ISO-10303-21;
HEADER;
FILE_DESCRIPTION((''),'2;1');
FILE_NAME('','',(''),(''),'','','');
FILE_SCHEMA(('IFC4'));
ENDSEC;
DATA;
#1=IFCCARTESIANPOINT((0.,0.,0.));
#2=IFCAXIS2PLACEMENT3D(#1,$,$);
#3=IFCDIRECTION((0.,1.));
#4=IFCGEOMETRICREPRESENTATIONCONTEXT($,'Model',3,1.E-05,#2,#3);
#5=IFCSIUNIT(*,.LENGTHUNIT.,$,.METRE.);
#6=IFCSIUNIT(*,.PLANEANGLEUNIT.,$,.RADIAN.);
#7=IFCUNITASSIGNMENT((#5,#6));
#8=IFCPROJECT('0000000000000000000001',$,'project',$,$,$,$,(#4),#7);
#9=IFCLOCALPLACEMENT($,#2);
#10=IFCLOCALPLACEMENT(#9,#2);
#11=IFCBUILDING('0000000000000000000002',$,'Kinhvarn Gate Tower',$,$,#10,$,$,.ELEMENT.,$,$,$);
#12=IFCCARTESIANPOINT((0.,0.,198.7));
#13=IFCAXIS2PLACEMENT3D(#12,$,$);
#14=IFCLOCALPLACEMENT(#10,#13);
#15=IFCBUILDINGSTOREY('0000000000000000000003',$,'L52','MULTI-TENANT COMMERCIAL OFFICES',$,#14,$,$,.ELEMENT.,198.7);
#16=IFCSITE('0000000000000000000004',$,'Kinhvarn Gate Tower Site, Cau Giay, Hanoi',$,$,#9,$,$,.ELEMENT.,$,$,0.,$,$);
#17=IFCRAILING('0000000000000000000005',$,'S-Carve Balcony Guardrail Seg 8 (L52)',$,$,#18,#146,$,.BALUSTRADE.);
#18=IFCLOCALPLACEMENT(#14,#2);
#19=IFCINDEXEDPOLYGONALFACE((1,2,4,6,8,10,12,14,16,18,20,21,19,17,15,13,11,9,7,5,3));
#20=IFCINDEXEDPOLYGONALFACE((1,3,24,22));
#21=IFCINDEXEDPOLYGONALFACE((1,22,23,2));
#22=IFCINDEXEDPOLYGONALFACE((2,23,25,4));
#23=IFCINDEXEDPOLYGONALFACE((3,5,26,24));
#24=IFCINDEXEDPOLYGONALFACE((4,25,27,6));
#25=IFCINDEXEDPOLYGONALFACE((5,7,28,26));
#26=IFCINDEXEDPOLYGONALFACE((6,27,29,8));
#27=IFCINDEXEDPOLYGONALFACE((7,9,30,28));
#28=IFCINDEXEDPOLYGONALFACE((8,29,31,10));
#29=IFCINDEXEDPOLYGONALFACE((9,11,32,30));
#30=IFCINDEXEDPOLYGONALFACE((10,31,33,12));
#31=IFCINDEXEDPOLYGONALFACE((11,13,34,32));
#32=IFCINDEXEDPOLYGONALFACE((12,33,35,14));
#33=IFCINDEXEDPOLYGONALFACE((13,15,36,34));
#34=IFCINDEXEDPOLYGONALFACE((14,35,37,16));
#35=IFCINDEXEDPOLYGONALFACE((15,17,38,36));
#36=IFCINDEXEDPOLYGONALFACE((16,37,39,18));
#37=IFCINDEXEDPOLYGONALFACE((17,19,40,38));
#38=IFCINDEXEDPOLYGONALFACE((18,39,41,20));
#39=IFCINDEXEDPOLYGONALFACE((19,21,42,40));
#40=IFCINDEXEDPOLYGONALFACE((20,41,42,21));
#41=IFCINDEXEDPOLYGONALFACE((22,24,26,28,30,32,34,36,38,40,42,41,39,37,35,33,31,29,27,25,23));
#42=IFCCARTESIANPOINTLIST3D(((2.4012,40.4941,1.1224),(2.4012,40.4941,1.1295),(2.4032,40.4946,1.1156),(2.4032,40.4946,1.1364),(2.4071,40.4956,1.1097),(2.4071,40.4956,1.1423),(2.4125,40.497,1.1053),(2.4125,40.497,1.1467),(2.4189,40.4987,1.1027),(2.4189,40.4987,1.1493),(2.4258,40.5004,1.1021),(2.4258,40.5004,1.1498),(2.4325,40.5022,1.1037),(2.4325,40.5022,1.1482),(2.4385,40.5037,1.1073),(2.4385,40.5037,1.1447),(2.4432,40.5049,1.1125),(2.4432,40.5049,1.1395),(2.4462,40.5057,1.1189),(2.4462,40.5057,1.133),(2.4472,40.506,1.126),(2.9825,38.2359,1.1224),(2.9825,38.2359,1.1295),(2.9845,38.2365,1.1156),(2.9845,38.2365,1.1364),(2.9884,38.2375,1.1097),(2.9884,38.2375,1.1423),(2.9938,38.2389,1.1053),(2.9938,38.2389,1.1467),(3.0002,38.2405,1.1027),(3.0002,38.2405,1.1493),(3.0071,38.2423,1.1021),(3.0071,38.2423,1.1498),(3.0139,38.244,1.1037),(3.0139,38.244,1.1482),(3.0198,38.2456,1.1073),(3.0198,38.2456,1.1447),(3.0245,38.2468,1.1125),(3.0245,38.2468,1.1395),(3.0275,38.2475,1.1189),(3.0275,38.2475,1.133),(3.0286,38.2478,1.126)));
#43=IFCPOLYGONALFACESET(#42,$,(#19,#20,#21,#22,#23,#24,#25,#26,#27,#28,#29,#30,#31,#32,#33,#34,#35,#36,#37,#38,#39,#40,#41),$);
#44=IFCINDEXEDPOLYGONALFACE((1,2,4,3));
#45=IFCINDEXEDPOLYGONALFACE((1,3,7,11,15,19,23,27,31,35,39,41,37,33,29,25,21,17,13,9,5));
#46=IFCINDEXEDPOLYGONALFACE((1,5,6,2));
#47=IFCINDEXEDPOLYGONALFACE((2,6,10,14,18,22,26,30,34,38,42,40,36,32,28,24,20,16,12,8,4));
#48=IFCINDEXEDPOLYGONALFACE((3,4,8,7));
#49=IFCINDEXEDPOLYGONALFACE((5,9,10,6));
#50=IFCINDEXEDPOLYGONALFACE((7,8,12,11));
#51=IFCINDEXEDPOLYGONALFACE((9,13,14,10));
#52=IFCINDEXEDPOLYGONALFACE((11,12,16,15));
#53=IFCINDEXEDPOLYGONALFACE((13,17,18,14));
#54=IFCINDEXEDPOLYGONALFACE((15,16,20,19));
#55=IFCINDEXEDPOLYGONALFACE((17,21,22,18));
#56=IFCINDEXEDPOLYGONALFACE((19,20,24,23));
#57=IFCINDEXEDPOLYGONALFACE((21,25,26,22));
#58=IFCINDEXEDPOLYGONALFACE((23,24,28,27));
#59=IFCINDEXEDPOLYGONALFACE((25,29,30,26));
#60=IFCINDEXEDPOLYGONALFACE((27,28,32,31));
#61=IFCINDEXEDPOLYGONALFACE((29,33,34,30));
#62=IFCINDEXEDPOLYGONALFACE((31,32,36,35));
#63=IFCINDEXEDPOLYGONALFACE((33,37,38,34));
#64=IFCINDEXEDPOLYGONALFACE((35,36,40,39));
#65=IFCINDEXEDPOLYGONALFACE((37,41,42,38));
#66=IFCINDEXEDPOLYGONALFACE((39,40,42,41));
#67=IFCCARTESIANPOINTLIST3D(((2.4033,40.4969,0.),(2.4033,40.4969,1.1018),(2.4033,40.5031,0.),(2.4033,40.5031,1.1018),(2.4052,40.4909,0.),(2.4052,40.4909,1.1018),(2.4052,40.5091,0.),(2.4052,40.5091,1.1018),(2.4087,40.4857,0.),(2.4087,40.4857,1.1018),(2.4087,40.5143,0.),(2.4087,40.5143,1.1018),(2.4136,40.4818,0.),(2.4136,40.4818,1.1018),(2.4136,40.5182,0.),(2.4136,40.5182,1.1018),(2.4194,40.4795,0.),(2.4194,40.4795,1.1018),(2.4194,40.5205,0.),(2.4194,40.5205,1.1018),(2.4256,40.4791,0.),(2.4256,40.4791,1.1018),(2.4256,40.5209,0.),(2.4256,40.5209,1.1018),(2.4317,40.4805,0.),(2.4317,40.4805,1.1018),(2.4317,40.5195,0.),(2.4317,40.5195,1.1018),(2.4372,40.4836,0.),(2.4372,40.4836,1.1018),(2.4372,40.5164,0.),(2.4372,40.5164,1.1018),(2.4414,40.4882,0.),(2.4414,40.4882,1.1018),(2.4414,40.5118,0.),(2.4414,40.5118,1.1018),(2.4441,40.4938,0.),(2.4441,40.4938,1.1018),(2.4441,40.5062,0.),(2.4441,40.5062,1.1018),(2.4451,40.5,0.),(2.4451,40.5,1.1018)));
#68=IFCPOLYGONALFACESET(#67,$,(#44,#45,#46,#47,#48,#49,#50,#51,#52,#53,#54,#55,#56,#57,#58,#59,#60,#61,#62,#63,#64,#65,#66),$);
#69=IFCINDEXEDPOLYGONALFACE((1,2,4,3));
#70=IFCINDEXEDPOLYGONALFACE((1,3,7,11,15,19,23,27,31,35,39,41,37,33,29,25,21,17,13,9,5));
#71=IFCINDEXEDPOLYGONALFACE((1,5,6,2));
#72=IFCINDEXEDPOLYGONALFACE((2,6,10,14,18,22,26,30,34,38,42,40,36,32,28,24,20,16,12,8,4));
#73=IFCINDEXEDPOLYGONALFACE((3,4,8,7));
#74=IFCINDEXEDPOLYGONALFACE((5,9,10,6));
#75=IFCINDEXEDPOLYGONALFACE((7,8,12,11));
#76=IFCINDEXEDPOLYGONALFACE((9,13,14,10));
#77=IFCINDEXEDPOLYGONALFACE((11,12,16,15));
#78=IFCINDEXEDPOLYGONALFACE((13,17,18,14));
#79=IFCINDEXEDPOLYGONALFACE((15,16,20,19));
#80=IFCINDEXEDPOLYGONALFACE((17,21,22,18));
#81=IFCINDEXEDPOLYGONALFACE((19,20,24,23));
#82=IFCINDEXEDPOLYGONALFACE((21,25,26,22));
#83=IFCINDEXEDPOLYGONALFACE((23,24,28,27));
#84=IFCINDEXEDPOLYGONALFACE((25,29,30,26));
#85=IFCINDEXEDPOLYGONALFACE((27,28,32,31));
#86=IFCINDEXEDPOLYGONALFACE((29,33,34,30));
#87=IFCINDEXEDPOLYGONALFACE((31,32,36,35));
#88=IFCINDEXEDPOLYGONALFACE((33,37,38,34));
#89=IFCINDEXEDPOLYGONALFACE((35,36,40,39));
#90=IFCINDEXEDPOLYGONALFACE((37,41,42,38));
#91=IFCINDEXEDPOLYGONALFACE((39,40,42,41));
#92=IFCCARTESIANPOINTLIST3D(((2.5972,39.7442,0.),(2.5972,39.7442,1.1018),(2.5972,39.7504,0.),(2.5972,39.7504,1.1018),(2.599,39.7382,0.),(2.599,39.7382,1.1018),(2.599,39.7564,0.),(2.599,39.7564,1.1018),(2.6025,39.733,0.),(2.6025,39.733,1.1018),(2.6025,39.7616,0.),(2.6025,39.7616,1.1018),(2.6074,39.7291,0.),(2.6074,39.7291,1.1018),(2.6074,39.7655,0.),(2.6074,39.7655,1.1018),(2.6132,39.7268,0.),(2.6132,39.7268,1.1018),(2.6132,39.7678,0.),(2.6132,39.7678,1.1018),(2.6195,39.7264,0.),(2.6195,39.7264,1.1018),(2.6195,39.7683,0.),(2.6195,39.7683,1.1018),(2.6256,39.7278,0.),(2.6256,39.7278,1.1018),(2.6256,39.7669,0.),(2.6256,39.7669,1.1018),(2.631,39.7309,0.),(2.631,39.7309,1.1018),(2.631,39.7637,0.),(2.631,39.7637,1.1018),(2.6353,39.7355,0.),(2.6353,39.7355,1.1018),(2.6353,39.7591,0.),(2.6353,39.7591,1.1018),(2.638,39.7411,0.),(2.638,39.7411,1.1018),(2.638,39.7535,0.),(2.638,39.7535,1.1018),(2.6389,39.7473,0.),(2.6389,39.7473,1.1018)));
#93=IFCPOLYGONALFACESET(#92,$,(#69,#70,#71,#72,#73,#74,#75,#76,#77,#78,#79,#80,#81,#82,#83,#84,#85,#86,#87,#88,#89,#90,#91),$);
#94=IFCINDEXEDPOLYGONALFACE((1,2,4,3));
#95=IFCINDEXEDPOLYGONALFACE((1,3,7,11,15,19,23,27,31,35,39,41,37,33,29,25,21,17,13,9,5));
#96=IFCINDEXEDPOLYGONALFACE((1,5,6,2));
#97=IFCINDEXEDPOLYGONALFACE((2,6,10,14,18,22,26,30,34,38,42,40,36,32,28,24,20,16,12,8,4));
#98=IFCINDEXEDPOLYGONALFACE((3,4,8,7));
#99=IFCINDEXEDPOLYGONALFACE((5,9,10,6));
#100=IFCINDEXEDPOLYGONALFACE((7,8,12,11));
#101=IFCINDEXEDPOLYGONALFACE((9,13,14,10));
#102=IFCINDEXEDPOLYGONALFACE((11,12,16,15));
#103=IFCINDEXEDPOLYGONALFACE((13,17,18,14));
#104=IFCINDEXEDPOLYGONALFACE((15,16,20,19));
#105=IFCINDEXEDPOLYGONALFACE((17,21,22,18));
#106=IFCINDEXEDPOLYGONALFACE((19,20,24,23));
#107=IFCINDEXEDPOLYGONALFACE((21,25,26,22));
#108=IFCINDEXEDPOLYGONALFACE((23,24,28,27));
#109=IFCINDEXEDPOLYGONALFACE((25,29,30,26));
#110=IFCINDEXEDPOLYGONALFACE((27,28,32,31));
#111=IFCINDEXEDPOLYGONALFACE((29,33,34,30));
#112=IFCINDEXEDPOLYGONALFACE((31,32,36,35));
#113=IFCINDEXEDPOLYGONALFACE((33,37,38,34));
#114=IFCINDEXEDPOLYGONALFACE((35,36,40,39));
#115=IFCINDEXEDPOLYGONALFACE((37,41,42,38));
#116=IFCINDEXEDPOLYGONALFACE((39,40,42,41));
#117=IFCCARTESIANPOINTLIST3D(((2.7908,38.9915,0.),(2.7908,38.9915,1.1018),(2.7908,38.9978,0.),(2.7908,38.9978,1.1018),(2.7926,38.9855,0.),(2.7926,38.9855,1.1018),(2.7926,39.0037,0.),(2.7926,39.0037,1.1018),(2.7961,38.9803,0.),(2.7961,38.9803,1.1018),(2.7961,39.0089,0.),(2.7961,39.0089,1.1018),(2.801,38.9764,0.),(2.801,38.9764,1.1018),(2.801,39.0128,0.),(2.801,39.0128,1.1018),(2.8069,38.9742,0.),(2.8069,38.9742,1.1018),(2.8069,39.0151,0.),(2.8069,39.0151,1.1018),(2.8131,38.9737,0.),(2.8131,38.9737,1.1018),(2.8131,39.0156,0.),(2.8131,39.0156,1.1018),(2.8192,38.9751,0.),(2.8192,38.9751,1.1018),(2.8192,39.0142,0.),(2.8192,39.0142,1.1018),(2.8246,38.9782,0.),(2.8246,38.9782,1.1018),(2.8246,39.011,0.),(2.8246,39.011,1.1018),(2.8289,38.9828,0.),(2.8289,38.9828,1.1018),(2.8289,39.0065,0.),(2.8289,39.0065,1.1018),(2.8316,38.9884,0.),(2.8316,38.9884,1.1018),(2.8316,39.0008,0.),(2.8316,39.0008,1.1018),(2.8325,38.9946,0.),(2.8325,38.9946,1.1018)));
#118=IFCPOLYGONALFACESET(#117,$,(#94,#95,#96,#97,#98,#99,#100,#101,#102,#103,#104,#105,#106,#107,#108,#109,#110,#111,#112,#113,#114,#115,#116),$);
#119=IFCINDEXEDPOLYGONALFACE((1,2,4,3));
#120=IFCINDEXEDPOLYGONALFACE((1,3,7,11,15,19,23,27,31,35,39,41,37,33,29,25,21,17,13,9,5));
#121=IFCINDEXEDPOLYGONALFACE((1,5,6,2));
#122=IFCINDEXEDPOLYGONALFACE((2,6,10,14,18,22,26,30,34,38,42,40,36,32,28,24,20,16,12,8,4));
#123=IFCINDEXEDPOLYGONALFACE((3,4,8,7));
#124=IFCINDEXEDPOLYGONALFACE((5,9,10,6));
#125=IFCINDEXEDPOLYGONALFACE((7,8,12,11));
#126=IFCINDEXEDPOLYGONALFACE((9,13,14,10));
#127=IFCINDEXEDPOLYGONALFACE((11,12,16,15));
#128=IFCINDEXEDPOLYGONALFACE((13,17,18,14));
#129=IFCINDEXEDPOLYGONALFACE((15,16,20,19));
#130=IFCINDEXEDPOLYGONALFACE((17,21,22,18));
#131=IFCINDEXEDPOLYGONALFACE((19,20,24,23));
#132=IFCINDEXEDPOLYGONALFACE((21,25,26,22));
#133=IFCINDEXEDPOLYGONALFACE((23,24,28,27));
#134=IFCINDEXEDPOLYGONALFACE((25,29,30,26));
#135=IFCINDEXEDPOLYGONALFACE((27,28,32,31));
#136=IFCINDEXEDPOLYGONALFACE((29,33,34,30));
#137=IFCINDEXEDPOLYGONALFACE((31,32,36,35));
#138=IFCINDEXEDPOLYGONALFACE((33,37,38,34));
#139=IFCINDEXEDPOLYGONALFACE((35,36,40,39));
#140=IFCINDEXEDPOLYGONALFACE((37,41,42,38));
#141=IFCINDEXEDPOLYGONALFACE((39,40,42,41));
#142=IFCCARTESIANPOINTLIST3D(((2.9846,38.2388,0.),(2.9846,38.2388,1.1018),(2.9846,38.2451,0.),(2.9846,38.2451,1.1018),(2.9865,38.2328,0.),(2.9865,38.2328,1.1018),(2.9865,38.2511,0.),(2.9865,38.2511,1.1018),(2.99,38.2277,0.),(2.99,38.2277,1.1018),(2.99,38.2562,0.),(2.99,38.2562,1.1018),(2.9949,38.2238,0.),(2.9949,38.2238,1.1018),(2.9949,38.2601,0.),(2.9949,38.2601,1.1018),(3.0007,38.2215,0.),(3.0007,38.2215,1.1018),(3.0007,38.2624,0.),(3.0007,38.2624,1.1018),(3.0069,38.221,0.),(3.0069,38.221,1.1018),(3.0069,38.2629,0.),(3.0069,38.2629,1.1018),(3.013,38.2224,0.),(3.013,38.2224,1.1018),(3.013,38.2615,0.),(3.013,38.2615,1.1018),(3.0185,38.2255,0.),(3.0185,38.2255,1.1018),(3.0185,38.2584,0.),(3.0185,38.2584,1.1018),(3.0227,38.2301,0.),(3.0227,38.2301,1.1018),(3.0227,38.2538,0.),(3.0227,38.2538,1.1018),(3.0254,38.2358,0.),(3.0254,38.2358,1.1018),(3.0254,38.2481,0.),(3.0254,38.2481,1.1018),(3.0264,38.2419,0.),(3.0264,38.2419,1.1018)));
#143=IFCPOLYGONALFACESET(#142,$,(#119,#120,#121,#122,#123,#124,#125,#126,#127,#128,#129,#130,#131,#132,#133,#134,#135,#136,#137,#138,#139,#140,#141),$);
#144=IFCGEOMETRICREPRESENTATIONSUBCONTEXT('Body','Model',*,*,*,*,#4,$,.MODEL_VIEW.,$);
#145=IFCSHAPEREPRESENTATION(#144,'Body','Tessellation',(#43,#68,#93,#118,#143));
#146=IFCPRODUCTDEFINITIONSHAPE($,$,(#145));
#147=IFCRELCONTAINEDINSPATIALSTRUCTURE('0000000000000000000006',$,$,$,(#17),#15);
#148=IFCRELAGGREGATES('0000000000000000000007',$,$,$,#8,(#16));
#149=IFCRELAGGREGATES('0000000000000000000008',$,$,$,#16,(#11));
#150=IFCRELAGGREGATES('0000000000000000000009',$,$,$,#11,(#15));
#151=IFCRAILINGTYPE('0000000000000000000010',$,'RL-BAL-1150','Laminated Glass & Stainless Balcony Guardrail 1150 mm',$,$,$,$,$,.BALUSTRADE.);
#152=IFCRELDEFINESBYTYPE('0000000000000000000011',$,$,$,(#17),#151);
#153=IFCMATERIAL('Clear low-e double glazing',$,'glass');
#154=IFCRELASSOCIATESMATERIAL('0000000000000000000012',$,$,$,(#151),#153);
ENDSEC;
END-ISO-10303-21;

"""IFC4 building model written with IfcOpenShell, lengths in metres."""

from ifc_helpers import new_model, si_unit, direction, frame, origin, origin_2d, place, context, subcontext, project, spatial, circle, extrude, material, type_object, element, save


model = new_model("IFC4")

# Units and contexts
model_context = context("Model", 3, precision=1e-05, world=origin(), true_north=direction((0.0, 1.0)))
body_context = subcontext(model_context, "Body", "Model", "MODEL_VIEW")
ifc_project = project(units=[si_unit("LENGTHUNIT", "METRE"), si_unit("PLANEANGLEUNIT", "RADIAN")], contexts=[model_context])

# Site, building, storey
site_placement = place(None, origin())
site = spatial("IfcSite", under=ifc_project, at=site_placement, Name="Kinhvarn Gate Tower Site, Cau Giay, Hanoi", CompositionType="ELEMENT", RefElevation=0.0)
building_placement = place(site_placement, origin())
building = spatial("IfcBuilding", under=site, at=building_placement, Name="Kinhvarn Gate Tower", CompositionType="ELEMENT")
storey_placement = place(building_placement, frame((0.0, 0.0, 198.7)))
storey = spatial("IfcBuildingStorey", under=building, at=storey_placement, Name="L52", Description="MULTI-TENANT COMMERCIAL OFFICES", CompositionType="ELEMENT", Elevation=198.7)

# Shared definitions
ifc_material_1 = material(Name="Clear low-e double glazing", Category="glass")

# Railing
railing_type = type_object("IfcRailingType", Name="RL-BAL-1150", Description="Laminated Glass & Stainless Balcony Guardrail 1150 mm", PredefinedType="BALUSTRADE", material=ifc_material_1)
railing_1_placement = place(storey_placement, frame((2.4241, 40.5, 0.0)))
element("IfcRailing", 1, at=railing_1_placement, inside=storey, type_object=railing_type, Name="S-Carve Balcony Guardrail Seg 8 (L52)", PredefinedType="BALUSTRADE", context=body_context, shape_type="SweptSolid", body=[
    extrude(circle(Radius=0.0239, at=origin_2d()), frame((0.0, 0.0, 1.126), z_axis=(0.249305, -0.968425, 0.0), x_axis=(0.968425, 0.249305, 0.0)), (0.0, 0.0, 1.0), 2.3318),
    extrude(circle(Radius=0.021, at=origin_2d()), origin(), (0.0, 0.0, 1.0), 1.1018),
    extrude(circle(Radius=0.021, at=origin_2d()), frame((0.1938, -0.7527, 0.0)), (0.0, 0.0, 1.0), 1.1018),
    extrude(circle(Radius=0.021, at=origin_2d()), frame((0.3875, -1.5054, 0.0)), (0.0, 0.0, 1.0), 1.1018),
    extrude(circle(Radius=0.021, at=origin_2d()), frame((0.5813, -2.2581, 0.0)), (0.0, 0.0, 1.0), 1.1018),
])

save(model, "model.ifc")
